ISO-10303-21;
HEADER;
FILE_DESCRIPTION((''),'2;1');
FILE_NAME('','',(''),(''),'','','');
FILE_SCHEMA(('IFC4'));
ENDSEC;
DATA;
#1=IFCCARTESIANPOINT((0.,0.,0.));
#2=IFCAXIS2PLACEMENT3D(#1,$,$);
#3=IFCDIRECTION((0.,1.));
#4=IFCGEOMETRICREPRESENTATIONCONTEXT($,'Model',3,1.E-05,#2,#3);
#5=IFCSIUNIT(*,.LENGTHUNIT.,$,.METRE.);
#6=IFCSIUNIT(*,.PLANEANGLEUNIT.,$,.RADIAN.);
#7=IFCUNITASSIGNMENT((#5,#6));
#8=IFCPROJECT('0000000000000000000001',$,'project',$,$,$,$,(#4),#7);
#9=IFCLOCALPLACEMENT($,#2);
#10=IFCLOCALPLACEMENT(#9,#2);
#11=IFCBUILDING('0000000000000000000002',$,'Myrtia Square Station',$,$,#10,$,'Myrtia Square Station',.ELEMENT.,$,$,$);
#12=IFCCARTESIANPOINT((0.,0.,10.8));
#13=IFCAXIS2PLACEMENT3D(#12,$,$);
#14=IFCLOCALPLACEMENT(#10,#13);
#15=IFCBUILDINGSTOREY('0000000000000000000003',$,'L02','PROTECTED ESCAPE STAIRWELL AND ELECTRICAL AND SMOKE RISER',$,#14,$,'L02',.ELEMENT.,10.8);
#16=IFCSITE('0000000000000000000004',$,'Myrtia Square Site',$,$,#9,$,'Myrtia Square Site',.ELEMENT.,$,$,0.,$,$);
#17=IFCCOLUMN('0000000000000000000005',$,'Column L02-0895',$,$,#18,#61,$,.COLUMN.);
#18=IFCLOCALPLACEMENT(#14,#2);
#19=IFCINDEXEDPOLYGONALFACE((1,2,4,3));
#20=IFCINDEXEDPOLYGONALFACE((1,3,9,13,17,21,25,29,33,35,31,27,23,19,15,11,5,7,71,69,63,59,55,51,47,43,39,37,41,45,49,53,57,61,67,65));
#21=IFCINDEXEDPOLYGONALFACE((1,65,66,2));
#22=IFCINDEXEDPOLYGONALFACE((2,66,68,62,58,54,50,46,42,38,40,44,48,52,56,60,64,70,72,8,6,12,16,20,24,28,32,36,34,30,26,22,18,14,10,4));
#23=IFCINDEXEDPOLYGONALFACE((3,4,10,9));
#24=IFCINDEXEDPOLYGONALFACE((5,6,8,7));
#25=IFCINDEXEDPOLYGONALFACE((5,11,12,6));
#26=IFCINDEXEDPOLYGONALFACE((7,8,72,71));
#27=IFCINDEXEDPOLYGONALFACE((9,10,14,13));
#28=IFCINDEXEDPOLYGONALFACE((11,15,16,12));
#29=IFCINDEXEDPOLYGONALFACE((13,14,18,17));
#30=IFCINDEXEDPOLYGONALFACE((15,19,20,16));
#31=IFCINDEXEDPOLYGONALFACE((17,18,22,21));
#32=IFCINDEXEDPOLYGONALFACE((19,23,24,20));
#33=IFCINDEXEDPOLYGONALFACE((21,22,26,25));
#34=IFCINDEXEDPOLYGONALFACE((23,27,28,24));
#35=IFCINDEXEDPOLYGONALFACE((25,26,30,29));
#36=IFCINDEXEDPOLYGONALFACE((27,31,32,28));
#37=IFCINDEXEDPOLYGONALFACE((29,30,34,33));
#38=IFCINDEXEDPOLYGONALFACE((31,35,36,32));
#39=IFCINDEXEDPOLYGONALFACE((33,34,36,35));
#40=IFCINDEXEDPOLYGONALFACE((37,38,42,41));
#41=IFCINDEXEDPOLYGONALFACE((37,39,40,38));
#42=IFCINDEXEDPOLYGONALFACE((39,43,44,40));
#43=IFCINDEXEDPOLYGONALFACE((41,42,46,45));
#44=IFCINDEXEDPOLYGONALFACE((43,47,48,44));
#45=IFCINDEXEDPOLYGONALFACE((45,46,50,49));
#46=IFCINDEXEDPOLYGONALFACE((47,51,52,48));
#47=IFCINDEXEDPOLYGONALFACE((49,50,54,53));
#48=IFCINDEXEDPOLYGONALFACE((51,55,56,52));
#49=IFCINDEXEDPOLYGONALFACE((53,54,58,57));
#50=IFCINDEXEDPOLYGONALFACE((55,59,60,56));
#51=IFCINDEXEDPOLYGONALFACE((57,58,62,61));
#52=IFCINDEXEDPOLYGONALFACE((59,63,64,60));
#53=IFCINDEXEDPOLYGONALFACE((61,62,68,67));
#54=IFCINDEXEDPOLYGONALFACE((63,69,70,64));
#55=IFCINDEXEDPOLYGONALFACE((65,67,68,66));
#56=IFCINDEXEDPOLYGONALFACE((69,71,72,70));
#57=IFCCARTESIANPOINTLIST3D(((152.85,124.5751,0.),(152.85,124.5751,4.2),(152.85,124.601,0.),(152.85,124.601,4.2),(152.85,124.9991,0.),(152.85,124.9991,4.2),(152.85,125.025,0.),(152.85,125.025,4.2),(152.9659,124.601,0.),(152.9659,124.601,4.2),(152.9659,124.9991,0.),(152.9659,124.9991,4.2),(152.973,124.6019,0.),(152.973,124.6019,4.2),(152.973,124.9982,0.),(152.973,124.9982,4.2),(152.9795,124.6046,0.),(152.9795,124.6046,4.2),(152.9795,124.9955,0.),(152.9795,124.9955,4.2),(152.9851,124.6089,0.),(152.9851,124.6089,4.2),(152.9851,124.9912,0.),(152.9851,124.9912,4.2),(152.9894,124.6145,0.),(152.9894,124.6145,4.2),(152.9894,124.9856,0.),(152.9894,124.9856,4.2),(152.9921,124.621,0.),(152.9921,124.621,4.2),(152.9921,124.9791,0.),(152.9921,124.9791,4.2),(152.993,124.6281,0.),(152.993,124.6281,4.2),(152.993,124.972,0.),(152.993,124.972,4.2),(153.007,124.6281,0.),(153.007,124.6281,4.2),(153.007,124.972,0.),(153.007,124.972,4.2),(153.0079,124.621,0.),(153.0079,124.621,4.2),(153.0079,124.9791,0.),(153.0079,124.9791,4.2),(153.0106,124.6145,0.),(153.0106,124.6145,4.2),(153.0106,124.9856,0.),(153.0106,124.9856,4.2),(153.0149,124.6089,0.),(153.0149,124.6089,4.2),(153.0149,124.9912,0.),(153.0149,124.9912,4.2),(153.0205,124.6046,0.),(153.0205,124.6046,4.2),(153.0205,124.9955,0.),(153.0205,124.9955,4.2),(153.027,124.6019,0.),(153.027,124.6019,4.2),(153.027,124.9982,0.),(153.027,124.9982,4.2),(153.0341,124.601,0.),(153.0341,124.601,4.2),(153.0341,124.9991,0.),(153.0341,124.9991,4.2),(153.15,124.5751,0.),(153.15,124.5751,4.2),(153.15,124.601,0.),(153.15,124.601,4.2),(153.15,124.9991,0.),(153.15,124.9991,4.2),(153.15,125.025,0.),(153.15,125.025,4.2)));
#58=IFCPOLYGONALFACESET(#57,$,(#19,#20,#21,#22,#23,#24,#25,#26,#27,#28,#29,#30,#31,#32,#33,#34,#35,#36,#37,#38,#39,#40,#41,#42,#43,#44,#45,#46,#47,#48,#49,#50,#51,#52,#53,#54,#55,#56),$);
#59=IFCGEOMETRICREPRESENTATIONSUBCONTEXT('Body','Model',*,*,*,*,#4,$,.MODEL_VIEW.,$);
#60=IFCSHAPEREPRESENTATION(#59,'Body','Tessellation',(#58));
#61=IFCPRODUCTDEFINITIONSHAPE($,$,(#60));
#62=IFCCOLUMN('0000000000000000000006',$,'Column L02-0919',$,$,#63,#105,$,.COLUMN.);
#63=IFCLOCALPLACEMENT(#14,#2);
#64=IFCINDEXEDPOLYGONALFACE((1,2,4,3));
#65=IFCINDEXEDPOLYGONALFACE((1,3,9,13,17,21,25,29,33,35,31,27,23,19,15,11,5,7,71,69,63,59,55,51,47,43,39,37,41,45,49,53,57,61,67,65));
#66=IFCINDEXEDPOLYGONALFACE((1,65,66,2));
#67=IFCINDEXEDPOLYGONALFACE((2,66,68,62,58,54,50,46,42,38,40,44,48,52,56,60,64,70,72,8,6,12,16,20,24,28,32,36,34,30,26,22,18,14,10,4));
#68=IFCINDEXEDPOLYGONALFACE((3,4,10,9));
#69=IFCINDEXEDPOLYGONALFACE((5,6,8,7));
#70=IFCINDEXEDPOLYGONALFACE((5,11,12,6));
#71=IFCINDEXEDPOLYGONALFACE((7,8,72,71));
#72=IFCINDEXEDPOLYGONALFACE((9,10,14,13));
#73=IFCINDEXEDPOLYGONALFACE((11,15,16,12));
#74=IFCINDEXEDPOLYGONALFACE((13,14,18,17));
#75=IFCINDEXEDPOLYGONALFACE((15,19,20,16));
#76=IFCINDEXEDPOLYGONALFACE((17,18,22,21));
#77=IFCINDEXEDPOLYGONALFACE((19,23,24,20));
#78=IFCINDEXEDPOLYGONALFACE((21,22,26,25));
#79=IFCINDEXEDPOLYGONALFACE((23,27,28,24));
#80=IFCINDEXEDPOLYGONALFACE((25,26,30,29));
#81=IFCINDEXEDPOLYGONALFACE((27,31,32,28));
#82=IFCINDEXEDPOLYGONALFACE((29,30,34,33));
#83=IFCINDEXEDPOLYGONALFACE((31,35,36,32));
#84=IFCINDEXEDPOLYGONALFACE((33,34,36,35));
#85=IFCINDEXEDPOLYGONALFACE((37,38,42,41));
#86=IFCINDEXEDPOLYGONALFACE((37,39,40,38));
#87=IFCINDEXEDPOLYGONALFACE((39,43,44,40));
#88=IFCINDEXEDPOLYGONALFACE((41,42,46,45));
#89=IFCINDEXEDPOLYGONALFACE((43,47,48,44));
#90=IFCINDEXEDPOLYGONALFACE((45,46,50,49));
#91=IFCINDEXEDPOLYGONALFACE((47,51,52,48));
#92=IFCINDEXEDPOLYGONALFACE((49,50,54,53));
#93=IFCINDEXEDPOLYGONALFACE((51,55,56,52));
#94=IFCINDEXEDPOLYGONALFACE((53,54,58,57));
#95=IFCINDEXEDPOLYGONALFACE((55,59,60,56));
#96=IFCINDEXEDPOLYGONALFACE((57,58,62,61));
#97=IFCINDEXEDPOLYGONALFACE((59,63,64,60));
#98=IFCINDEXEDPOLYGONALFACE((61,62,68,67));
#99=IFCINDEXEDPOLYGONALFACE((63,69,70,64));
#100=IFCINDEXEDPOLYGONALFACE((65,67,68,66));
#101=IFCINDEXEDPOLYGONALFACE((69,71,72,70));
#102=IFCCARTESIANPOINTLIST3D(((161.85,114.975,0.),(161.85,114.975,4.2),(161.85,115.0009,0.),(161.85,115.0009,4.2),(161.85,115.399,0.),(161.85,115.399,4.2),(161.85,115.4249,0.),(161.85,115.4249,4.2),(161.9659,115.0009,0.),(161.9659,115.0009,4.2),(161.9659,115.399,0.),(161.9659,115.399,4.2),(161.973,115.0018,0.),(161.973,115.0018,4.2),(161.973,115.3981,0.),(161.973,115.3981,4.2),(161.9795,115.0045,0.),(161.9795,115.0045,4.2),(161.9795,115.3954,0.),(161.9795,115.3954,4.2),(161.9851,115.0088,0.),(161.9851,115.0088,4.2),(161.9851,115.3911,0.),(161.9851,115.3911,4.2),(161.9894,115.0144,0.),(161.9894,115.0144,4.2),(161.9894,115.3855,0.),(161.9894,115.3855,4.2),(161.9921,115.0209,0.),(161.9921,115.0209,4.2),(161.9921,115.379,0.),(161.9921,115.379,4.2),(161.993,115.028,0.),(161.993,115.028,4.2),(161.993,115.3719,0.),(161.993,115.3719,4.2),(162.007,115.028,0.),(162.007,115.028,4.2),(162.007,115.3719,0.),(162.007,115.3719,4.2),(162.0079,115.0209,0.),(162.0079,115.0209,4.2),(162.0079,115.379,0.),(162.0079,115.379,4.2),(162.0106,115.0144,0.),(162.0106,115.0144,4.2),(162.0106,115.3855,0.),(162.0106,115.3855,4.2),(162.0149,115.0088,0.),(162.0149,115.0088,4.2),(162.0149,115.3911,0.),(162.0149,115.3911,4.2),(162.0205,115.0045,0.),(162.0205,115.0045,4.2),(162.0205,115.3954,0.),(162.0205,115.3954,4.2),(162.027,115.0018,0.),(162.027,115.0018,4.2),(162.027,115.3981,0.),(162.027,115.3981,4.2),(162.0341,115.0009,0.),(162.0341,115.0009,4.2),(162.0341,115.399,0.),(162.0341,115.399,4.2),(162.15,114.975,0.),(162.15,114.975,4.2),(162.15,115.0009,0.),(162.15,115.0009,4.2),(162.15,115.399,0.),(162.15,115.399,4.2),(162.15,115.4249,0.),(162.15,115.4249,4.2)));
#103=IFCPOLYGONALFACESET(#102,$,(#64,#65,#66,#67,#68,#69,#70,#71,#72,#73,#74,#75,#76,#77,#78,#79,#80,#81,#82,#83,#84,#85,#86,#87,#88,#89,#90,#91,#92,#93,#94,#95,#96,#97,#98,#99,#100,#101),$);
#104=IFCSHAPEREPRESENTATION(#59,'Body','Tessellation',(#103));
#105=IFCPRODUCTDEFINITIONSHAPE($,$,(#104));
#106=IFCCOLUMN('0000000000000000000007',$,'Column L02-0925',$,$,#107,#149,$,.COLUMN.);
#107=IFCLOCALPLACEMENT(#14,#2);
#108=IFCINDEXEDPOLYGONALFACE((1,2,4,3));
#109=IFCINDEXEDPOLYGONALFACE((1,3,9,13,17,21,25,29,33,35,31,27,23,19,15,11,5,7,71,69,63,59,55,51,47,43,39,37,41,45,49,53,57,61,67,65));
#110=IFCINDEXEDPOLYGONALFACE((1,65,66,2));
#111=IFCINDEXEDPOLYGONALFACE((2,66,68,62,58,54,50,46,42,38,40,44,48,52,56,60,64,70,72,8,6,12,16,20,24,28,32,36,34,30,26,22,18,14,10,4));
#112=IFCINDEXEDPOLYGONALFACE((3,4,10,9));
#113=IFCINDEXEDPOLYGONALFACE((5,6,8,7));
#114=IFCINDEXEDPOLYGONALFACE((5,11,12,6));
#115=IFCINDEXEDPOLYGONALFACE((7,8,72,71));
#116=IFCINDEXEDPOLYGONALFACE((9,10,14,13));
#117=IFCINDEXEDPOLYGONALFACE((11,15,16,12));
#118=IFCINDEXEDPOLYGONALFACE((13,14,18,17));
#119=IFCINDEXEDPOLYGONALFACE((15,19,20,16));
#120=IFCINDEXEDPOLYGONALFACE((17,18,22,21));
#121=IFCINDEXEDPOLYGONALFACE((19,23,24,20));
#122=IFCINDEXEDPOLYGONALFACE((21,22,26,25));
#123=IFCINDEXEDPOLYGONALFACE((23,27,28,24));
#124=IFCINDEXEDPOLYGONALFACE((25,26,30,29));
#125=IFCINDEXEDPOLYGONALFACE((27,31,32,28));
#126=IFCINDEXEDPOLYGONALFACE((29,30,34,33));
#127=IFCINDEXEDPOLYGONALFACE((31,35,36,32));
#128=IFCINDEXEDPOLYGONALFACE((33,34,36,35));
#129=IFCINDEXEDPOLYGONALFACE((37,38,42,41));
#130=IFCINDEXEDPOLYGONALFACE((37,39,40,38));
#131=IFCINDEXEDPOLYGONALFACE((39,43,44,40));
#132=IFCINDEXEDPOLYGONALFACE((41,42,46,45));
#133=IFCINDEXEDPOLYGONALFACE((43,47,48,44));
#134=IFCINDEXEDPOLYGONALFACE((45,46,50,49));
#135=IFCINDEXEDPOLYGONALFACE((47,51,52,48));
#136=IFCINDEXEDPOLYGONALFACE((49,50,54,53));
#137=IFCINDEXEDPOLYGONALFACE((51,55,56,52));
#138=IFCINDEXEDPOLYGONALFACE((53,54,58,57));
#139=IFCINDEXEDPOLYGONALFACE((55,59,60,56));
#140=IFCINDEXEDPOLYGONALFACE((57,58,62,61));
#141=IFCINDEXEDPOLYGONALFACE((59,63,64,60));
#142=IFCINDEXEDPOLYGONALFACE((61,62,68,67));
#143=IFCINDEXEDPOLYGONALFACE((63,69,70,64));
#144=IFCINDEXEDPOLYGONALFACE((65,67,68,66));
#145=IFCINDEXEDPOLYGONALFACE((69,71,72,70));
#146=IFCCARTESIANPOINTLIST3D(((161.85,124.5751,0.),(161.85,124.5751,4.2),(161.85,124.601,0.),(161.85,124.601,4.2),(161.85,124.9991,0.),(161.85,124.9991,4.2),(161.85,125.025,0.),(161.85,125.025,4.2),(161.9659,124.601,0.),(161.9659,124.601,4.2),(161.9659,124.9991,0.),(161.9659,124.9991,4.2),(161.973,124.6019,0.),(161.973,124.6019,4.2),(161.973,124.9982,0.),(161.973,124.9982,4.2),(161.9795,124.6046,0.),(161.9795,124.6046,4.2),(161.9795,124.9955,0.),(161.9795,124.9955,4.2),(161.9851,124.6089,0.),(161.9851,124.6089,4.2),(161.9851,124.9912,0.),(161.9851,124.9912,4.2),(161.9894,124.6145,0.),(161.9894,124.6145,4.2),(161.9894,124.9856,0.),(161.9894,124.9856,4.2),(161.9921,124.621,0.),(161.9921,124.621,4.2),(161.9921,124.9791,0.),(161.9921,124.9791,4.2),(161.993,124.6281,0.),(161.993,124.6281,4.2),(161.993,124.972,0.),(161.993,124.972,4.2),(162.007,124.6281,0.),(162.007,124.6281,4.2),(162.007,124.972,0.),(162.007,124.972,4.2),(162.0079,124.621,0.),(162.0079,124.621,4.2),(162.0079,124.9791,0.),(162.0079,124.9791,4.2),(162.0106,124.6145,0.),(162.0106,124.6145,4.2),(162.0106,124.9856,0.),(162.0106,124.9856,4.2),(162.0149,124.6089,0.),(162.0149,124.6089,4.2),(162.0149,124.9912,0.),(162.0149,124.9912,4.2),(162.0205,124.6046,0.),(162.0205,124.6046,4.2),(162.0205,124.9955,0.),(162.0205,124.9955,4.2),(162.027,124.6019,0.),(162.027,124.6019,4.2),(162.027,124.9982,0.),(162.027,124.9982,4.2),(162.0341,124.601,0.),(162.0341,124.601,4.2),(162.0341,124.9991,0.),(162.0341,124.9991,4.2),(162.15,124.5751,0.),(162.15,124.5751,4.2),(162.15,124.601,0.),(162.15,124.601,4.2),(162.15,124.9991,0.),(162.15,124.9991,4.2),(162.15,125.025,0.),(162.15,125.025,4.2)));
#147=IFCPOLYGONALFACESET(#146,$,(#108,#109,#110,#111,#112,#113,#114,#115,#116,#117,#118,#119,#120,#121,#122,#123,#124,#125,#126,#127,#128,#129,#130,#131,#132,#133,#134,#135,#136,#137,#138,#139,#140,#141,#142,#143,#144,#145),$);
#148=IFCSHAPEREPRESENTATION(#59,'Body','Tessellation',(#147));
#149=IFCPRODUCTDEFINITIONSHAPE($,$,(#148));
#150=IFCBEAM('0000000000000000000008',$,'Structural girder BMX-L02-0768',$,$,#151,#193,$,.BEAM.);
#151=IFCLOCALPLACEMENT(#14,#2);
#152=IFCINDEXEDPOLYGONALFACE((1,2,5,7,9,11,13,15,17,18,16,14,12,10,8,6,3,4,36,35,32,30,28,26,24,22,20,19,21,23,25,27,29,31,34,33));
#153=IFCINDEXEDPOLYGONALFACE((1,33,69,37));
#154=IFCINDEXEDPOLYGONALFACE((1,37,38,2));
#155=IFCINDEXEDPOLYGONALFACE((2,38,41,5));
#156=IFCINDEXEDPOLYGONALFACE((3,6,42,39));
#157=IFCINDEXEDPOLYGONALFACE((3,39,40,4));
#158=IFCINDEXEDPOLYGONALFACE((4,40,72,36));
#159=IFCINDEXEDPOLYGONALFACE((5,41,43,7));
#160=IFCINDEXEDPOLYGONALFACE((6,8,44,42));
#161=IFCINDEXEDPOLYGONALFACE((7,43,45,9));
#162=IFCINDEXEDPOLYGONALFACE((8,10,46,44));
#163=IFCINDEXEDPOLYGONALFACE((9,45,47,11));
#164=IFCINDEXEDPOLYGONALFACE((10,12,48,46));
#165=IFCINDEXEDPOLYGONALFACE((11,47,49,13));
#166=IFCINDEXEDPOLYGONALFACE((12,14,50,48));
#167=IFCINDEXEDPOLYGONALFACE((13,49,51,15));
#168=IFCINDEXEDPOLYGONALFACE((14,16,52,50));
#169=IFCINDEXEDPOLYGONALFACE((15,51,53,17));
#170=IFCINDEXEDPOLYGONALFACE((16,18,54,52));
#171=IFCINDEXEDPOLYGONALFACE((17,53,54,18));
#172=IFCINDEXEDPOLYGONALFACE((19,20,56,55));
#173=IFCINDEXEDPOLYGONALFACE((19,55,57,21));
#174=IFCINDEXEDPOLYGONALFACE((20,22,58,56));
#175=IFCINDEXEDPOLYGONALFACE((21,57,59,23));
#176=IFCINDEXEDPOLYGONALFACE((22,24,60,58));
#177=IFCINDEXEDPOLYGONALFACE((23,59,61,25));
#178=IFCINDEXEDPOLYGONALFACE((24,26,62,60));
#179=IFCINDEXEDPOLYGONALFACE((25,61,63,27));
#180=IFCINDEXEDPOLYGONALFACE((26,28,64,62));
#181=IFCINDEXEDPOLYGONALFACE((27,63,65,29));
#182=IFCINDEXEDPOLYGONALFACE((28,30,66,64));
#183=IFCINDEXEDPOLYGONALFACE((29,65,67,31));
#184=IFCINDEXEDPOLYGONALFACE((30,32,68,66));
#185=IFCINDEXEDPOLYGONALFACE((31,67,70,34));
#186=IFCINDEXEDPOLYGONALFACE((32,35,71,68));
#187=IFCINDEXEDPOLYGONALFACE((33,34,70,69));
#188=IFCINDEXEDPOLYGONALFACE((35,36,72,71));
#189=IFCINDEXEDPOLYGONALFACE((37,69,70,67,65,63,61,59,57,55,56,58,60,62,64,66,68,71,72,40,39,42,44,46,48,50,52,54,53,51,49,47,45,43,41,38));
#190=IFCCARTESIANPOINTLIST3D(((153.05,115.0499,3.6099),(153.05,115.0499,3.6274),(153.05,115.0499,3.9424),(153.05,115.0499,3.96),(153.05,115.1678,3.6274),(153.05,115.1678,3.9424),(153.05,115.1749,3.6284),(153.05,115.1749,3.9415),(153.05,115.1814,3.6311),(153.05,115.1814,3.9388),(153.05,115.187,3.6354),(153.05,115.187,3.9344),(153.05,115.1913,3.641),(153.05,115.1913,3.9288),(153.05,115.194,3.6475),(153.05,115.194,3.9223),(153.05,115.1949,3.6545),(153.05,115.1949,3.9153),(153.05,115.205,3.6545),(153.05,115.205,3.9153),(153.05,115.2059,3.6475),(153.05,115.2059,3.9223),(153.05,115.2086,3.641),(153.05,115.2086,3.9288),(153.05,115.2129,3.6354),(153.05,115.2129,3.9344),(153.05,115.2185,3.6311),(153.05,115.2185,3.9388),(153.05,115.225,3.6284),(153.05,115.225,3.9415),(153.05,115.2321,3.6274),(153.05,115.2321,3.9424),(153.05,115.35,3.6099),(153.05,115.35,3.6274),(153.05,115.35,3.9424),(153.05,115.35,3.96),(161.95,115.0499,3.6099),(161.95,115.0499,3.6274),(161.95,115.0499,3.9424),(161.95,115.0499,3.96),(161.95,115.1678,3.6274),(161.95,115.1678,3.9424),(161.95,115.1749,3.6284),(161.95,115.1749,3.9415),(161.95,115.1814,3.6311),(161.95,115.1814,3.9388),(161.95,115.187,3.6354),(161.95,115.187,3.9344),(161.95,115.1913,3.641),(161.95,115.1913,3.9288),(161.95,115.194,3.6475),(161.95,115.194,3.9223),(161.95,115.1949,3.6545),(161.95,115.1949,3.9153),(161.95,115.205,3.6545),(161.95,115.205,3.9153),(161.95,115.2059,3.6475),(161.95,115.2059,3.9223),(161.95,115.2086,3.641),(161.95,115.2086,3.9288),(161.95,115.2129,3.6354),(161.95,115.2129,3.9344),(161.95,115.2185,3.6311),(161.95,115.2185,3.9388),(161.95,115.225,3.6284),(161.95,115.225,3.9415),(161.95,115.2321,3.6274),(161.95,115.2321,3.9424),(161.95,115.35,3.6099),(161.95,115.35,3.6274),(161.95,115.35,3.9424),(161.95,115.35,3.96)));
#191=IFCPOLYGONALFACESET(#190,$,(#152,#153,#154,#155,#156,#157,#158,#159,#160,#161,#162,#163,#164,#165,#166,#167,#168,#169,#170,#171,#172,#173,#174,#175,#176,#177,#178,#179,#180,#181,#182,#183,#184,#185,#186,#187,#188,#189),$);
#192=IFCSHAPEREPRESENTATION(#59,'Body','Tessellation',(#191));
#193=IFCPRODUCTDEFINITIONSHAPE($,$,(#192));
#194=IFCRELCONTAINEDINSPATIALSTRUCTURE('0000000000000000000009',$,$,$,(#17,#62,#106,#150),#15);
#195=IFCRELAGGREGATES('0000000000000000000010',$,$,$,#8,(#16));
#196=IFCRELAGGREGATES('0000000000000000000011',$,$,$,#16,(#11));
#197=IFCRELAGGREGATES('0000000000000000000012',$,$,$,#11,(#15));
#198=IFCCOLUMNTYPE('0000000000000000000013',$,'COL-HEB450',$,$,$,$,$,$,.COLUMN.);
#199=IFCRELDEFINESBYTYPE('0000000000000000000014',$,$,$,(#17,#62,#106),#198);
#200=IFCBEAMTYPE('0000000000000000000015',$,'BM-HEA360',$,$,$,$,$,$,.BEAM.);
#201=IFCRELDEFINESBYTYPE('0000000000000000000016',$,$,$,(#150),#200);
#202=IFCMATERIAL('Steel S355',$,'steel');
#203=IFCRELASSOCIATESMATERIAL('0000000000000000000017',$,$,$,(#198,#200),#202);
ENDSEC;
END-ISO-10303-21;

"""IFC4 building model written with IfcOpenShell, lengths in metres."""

from ifc_helpers import new_model, si_unit, direction, frame, origin, origin_2d, place, context, subcontext, project, spatial, i_section, extrude, material, material_profile, profile_set, type_object, element, save


model = new_model("IFC4")

# Units and contexts
model_context = context("Model", 3, precision=1e-05, world=origin(), true_north=direction((0.0, 1.0)))
body_context = subcontext(model_context, "Body", "Model", "MODEL_VIEW")
ifc_project = project(units=[si_unit("LENGTHUNIT", "METRE"), si_unit("PLANEANGLEUNIT", "RADIAN")], contexts=[model_context])

# Site, building, storey
site_placement = place(None, origin())
site = spatial("IfcSite", under=ifc_project, at=site_placement, Name="Myrtia Square Site", LongName="Myrtia Square Site", CompositionType="ELEMENT", RefElevation=0.0)
building_placement = place(site_placement, origin())
building = spatial("IfcBuilding", under=site, at=building_placement, Name="Myrtia Square Station", LongName="Myrtia Square Station", CompositionType="ELEMENT")
storey_placement = place(building_placement, frame((0.0, 0.0, 10.8)))
storey = spatial("IfcBuildingStorey", under=building, at=storey_placement, Name="L02", Description="PROTECTED ESCAPE STAIRWELL AND ELECTRICAL AND SMOKE RISER", LongName="L02", CompositionType="ELEMENT", Elevation=10.8)

# Columns
ifc_material_1 = material(Name="Steel S355", Category="steel")
ifc_material_profile_1 = material_profile(ifc_material_1, i_section(OverallWidth=0.3, OverallDepth=0.45, WebThickness=0.0139, FlangeThickness=0.0259, FilletRadius=0.0271, at=origin_2d()), Name="HEB 450")
ifc_profile_set_1 = profile_set([ifc_material_profile_1], Name="Steel S355")
column_type = type_object("IfcColumnType", Name="COL-HEB450", PredefinedType="COLUMN", material=ifc_profile_set_1)
for number, where, z_axis, x_axis, name in (
    (1, (153.0, 124.8, 0.0), (0.0, 0.0, 1.0), (1.0, 0.0, 0.0), "Column L02-0895"),
    (2, (162.0, 115.2, 0.0), (0.0, 0.0, 1.0), (1.0, 0.0, 0.0), "Column L02-0919"),
    (3, (162.0, 124.8, 0.0), (0.0, 0.0, 1.0), (1.0, 0.0, 0.0), "Column L02-0925"),
):
    element("IfcColumn", number, at=place(storey_placement, frame(where, z_axis=z_axis, x_axis=x_axis)), inside=storey, type_object=column_type, Name=name, PredefinedType="COLUMN", context=body_context, shape_type="SweptSolid", body=[
        extrude(i_section(OverallWidth=0.3, OverallDepth=0.45, WebThickness=0.0139, FlangeThickness=0.0259, FilletRadius=0.0271, at=origin_2d()), origin(), (0.0, 0.0, 1.0), 4.2),
    ])

# Beam
ifc_material_profile_2 = material_profile(ifc_material_1, i_section(OverallWidth=0.3, OverallDepth=0.3501, WebThickness=0.01, FlangeThickness=0.0176, FilletRadius=0.0271, at=origin_2d()), Name="HEA 360")
ifc_profile_set_2 = profile_set([ifc_material_profile_2], Name="Steel S355")
beam_type_1 = type_object("IfcBeamType", Name="BM-HEA360", PredefinedType="BEAM", material=ifc_profile_set_2)
for number, where, z_axis, x_axis, name in (
    (4, (153.05, 115.2, 3.7849), (1.0, 0.0, 0.0), (0.0, 1.0, 0.0), "Structural girder BMX-L02-0768"),
):
    element("IfcBeam", number, at=place(storey_placement, frame(where, z_axis=z_axis, x_axis=x_axis)), inside=storey, type_object=beam_type_1, Name=name, PredefinedType="BEAM", context=body_context, shape_type="SweptSolid", body=[
        extrude(i_section(OverallWidth=0.3, OverallDepth=0.3501, WebThickness=0.01, FlangeThickness=0.0176, FilletRadius=0.0271, at=origin_2d()), origin(), (0.0, 0.0, 1.0), 8.8999),
    ])

save(model, "model.ifc")
